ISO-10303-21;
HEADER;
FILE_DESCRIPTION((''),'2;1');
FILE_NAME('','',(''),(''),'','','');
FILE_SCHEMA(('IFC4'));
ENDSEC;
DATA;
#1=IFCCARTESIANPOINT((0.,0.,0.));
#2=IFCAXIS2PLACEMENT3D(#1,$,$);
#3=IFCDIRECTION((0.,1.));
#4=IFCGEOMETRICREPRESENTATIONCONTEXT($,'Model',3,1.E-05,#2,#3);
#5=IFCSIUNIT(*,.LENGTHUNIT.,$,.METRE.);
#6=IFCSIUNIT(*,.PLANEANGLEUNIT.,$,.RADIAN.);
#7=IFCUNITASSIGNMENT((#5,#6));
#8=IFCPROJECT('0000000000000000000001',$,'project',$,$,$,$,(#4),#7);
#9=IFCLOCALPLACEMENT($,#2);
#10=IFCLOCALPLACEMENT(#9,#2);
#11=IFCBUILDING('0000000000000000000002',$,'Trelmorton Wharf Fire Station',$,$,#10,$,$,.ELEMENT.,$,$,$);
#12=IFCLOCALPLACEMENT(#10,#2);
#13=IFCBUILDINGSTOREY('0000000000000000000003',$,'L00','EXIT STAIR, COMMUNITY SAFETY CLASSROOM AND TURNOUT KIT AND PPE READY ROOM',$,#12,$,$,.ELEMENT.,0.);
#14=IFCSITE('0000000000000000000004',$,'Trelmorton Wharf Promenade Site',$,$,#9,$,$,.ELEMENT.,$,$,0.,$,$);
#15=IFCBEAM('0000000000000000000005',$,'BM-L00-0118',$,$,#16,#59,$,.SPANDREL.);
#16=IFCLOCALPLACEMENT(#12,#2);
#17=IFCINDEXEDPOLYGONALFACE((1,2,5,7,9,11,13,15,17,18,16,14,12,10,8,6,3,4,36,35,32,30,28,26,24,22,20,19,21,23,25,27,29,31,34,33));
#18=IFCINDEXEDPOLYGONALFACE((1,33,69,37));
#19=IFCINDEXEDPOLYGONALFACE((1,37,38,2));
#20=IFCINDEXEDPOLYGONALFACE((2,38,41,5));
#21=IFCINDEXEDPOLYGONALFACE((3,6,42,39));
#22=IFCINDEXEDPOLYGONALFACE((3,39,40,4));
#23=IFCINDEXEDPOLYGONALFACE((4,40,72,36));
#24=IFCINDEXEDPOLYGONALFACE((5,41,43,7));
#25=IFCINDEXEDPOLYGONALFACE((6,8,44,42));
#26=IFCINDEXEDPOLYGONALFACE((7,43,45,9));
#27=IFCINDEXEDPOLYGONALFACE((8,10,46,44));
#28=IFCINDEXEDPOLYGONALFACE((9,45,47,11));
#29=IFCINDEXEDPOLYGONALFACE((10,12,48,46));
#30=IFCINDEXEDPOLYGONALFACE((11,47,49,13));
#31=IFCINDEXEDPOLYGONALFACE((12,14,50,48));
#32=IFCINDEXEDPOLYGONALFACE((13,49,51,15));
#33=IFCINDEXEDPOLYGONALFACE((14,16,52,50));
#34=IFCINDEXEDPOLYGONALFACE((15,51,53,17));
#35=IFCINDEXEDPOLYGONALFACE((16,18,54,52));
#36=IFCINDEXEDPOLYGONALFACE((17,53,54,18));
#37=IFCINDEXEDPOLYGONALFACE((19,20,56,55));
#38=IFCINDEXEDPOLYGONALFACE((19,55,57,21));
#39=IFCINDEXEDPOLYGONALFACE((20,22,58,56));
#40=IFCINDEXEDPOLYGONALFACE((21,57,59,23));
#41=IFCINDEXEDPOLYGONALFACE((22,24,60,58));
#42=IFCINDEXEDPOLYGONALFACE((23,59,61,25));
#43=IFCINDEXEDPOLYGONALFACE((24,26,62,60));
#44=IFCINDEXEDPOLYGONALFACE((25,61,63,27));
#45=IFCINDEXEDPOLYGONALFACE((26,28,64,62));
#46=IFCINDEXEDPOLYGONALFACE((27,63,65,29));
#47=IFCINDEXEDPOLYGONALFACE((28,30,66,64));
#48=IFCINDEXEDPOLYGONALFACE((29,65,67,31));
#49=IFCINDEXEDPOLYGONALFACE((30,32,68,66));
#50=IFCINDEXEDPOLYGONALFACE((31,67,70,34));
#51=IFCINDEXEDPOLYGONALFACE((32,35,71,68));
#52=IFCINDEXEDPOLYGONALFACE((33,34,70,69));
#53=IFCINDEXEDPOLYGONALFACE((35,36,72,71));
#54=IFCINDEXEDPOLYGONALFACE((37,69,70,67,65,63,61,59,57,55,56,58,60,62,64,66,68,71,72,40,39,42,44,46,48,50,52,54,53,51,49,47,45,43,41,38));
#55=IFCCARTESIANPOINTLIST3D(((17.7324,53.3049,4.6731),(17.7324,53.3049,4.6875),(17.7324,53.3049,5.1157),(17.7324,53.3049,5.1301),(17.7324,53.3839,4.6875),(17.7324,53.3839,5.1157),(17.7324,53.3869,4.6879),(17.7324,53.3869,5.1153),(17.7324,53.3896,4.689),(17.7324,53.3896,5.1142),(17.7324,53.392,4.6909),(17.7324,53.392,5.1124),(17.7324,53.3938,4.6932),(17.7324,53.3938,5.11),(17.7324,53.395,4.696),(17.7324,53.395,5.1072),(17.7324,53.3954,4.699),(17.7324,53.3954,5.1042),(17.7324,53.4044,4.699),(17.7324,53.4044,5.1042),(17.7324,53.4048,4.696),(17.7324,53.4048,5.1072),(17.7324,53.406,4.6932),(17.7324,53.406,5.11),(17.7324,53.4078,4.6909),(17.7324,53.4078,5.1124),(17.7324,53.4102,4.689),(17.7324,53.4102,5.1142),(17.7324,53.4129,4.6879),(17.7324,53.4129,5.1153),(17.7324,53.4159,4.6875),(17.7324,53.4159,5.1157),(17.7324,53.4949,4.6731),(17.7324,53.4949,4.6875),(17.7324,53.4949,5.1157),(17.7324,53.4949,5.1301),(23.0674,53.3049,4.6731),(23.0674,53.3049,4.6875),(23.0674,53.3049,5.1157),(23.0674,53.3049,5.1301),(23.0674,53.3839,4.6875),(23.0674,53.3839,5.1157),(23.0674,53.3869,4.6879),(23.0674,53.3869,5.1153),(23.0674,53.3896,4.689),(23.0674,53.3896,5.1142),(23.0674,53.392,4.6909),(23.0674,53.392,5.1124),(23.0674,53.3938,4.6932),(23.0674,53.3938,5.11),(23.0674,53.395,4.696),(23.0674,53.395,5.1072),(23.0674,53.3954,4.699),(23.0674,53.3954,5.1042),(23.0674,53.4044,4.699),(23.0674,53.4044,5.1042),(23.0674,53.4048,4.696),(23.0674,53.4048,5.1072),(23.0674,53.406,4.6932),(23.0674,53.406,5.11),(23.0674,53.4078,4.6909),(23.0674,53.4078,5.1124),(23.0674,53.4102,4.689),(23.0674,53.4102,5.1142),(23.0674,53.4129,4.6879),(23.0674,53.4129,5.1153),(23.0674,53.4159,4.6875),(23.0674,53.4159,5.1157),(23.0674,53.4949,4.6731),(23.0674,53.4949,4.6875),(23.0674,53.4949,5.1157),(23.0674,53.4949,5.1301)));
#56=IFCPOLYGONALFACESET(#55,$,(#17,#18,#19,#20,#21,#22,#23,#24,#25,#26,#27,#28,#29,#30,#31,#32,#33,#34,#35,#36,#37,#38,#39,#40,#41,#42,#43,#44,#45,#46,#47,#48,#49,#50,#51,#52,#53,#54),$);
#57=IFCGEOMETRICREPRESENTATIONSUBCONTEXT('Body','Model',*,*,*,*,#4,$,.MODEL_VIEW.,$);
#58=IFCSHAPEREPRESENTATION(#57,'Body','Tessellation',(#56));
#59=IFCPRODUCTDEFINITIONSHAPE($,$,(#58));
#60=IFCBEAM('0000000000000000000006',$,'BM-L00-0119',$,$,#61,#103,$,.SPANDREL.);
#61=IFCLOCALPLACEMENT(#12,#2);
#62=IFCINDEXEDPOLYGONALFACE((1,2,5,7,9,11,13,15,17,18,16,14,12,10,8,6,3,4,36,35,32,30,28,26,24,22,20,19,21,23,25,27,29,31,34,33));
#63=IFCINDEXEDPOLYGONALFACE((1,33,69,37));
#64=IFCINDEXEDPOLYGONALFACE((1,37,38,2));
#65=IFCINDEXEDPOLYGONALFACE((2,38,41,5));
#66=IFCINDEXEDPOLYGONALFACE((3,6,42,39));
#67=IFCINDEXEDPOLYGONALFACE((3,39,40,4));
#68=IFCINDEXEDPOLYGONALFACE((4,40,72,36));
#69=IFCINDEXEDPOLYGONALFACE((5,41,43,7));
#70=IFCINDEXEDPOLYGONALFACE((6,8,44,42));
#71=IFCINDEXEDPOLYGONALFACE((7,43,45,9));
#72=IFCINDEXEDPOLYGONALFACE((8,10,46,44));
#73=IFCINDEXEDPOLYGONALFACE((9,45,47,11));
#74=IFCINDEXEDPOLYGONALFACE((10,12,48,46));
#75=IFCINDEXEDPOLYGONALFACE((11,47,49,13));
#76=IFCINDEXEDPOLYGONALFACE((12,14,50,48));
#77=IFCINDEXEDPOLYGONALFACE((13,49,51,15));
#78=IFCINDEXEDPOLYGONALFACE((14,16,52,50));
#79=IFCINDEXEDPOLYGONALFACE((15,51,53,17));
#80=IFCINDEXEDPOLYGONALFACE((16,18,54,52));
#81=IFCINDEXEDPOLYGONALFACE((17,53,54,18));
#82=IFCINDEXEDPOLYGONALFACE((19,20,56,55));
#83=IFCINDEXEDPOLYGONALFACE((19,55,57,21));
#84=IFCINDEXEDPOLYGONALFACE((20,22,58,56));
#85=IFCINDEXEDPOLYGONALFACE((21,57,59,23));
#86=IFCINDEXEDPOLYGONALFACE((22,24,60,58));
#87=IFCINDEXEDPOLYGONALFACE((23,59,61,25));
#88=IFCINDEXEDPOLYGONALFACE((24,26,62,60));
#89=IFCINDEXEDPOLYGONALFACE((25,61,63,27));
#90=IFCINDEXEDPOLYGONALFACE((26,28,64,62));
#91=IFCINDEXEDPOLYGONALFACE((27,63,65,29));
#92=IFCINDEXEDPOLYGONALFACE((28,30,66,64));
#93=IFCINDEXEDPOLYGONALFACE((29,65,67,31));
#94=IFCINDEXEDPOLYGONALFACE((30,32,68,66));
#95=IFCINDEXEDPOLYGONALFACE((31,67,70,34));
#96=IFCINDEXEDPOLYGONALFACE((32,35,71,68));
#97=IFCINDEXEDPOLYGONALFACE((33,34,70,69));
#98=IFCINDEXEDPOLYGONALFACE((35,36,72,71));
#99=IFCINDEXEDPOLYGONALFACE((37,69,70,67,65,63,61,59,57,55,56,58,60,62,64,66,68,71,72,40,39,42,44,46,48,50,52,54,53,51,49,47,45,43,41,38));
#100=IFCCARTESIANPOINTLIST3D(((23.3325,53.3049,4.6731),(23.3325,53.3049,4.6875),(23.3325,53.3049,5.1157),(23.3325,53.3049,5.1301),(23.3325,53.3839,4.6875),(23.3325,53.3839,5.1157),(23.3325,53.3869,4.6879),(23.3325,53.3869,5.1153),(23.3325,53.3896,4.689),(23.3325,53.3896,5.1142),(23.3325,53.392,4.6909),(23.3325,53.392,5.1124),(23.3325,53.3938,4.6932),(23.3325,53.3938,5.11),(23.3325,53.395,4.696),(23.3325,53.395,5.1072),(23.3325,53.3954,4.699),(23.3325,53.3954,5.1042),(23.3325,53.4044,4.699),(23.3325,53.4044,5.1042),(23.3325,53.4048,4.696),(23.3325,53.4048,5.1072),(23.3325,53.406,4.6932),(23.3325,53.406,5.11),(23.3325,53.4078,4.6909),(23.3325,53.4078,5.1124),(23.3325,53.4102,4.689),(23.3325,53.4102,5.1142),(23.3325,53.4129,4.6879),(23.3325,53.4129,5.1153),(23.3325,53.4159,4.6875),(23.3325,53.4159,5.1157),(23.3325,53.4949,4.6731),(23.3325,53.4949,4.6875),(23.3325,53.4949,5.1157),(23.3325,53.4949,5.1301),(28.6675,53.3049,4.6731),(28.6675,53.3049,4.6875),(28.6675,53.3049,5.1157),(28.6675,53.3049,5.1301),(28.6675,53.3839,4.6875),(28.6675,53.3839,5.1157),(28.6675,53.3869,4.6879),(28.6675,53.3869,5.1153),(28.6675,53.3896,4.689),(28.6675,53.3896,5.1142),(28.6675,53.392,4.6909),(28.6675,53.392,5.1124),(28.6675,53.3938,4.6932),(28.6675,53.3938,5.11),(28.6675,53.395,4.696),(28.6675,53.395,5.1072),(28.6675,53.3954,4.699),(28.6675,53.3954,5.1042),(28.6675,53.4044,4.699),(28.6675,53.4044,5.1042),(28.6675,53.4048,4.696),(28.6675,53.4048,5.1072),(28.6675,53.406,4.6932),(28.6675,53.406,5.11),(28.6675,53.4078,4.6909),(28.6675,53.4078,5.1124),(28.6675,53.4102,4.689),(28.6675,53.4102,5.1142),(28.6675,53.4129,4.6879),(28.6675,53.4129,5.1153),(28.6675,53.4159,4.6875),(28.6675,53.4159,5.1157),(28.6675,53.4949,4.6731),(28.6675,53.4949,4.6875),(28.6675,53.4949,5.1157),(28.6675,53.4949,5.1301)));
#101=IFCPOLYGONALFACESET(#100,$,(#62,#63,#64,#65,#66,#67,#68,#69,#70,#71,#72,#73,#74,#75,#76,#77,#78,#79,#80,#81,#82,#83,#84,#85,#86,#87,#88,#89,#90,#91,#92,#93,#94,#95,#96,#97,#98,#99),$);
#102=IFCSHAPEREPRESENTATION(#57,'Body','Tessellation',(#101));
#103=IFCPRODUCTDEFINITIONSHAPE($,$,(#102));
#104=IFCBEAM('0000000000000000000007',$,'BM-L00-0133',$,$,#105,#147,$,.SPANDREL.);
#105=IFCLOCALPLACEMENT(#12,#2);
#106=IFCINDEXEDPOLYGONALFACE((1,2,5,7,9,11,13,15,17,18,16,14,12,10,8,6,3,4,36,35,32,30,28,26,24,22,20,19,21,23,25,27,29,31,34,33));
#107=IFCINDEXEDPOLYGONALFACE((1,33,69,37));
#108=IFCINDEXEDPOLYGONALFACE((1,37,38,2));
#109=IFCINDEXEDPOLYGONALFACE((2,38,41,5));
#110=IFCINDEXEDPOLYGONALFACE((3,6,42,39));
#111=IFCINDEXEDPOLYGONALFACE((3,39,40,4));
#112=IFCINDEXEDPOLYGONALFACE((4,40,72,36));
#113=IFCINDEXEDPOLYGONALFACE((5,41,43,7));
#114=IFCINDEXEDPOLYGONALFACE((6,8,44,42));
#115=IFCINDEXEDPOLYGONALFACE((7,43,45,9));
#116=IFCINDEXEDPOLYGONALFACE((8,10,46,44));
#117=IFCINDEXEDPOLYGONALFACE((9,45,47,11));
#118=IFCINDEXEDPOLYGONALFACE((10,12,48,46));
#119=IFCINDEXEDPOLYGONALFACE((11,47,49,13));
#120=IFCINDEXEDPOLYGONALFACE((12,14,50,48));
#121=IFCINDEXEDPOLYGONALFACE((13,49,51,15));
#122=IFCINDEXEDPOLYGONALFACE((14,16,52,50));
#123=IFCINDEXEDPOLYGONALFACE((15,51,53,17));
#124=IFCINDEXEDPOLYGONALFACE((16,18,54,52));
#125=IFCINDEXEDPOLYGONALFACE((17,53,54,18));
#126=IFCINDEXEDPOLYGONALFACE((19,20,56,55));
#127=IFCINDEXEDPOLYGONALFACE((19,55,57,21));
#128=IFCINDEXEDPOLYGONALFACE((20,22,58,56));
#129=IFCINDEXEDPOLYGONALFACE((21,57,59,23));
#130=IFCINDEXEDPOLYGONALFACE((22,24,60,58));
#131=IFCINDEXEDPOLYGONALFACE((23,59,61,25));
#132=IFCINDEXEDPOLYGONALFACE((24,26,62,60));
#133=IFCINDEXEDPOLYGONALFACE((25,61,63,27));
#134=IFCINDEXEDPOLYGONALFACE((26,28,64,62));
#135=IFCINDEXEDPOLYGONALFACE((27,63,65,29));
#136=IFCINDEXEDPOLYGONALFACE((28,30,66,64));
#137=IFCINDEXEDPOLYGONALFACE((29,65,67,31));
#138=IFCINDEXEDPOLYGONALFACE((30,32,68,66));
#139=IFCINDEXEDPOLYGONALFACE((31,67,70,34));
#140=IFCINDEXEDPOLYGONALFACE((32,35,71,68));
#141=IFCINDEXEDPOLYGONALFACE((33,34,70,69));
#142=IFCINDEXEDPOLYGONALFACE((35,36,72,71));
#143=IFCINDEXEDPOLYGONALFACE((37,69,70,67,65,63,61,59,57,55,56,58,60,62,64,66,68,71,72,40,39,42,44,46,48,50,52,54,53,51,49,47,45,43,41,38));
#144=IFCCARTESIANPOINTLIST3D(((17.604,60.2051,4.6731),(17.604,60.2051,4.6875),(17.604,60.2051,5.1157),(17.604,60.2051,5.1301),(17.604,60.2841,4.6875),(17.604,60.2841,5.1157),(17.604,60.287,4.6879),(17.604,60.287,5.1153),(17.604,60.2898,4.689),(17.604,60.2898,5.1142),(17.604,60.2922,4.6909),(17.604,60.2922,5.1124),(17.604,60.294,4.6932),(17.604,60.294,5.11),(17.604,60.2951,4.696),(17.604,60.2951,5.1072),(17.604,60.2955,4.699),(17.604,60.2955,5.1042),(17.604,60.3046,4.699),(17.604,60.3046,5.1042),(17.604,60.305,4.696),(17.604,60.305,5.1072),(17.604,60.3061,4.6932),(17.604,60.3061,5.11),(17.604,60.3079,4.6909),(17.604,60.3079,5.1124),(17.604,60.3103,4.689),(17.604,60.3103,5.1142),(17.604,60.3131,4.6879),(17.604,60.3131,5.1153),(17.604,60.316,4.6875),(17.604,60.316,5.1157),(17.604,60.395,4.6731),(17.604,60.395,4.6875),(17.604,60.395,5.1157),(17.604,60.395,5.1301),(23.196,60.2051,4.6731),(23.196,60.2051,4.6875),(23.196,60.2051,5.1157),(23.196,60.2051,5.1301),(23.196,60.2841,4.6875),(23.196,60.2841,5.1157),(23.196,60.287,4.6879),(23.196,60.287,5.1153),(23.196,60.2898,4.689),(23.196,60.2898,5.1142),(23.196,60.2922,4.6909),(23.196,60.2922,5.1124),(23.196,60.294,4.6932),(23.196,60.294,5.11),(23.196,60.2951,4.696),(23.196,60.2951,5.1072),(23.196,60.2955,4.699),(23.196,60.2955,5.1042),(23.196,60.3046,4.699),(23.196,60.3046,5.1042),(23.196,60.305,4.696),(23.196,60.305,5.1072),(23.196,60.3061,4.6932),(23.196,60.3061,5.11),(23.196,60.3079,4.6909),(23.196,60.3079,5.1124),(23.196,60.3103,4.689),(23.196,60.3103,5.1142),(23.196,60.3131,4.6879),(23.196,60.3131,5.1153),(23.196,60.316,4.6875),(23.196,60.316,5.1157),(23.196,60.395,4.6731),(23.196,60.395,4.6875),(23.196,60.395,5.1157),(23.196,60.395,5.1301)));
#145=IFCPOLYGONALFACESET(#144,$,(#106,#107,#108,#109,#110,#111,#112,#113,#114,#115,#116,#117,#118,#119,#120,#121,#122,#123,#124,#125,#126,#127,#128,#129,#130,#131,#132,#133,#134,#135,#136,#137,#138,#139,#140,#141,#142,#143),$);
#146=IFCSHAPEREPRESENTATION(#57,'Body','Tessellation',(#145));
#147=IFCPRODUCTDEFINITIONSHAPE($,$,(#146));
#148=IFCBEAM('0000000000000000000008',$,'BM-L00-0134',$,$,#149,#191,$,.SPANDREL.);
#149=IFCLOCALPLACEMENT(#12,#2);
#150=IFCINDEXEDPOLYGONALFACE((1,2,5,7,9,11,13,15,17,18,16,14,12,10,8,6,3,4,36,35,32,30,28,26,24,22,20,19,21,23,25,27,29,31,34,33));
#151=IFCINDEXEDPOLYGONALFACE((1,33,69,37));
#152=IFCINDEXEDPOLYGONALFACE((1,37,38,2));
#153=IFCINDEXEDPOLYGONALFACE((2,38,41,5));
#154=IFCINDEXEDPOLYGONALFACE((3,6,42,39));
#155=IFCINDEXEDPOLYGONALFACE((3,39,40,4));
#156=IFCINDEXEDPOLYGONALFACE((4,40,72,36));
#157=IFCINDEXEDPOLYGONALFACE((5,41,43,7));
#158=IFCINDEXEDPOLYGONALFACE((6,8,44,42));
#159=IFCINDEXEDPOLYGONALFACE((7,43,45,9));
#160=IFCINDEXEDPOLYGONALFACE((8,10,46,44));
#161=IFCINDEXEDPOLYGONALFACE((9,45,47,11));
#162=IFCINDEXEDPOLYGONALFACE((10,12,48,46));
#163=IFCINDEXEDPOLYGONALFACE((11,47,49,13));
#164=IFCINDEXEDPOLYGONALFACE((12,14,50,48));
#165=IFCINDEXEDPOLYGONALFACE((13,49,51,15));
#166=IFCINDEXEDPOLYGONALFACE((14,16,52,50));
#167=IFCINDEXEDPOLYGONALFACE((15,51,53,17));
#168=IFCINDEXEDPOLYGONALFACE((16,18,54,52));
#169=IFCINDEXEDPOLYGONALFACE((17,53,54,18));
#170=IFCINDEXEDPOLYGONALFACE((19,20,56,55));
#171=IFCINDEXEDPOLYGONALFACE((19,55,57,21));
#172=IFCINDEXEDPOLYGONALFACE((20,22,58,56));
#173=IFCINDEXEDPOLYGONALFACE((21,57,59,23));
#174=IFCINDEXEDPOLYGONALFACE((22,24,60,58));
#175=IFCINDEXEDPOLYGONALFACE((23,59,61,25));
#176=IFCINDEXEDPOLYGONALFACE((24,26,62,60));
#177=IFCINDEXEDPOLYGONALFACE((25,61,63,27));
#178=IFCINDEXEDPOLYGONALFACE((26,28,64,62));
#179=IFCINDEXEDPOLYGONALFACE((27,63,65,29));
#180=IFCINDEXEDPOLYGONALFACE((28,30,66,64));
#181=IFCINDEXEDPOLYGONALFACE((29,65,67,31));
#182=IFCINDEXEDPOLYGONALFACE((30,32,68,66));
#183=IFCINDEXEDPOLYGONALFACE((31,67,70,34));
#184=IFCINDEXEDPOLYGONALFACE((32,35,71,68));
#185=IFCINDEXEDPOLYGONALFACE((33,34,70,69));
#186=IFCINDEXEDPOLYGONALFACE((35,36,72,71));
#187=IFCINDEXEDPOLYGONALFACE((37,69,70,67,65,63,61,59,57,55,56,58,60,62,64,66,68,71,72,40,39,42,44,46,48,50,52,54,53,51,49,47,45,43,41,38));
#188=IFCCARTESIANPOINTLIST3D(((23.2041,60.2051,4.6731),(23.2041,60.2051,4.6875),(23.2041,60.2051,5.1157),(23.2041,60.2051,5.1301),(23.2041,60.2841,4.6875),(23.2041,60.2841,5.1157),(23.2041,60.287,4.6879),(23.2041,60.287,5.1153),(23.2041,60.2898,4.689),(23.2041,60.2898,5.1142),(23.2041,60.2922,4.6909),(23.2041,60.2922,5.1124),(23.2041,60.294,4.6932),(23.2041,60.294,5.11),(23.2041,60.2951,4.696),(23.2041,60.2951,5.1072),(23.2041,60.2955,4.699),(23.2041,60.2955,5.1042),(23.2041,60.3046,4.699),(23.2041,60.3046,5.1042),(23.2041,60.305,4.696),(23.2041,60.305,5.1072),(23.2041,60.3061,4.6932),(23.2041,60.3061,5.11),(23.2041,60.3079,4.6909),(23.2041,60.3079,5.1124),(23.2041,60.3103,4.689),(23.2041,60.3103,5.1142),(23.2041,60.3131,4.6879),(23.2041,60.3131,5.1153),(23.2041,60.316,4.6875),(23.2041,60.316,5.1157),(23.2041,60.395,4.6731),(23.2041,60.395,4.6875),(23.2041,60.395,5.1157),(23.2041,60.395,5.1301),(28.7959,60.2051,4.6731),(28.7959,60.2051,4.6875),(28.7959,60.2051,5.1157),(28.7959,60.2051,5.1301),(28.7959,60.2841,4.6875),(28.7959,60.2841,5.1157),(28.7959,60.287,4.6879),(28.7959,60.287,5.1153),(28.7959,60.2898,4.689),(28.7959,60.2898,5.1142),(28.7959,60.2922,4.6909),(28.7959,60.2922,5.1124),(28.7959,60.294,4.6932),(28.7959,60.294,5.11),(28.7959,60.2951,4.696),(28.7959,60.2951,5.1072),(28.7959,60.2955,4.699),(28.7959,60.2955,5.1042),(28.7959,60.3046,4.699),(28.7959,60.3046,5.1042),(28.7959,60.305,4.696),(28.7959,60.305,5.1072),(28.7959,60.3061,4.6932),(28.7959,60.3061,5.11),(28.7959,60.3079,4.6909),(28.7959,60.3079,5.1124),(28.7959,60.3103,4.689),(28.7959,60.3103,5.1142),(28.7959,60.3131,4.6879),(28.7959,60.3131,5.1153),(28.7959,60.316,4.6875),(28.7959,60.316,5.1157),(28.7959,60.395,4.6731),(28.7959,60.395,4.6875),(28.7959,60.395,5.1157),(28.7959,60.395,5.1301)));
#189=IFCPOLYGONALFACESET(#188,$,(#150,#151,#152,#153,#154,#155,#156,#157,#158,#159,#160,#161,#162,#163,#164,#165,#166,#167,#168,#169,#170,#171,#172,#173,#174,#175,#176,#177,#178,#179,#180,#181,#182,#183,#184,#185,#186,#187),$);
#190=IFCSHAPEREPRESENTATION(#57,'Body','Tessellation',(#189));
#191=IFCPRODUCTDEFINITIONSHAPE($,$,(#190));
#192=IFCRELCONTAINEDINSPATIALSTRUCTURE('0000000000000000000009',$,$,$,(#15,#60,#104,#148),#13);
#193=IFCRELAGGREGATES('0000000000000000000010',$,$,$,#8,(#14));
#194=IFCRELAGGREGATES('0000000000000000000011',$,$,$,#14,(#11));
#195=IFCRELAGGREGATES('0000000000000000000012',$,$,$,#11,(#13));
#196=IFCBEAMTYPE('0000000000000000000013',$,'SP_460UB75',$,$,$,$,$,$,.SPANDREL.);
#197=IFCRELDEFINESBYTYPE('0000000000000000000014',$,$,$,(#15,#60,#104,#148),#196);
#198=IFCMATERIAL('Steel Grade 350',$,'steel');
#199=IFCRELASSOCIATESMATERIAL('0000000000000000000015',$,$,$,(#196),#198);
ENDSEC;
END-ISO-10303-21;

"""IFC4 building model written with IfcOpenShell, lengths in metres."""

from ifc_helpers import new_model, si_unit, direction, frame, origin, origin_2d, place, context, subcontext, project, spatial, i_section, extrude, material, material_profile, profile_set, type_object, element, save


model = new_model("IFC4")

# Units and contexts
model_context = context("Model", 3, precision=1e-05, world=origin(), true_north=direction((0.0, 1.0)))
body_context = subcontext(model_context, "Body", "Model", "MODEL_VIEW")
ifc_project = project(units=[si_unit("LENGTHUNIT", "METRE"), si_unit("PLANEANGLEUNIT", "RADIAN")], contexts=[model_context])

# Site, building, storey
site_placement = place(None, origin())
site = spatial("IfcSite", under=ifc_project, at=site_placement, Name="Trelmorton Wharf Promenade Site", CompositionType="ELEMENT", RefElevation=0.0)
building_placement = place(site_placement, origin())
building = spatial("IfcBuilding", under=site, at=building_placement, Name="Trelmorton Wharf Fire Station", CompositionType="ELEMENT")
storey_placement = place(building_placement, origin())
storey = spatial("IfcBuildingStorey", under=building, at=storey_placement, Name="L00", Description="EXIT STAIR, COMMUNITY SAFETY CLASSROOM AND TURNOUT KIT AND PPE READY ROOM", CompositionType="ELEMENT", Elevation=0.0)

# Shared definitions
ifc_material_1 = material(Name="Steel Grade 350", Category="steel")

# Beams
ifc_material_profile_1 = material_profile(ifc_material_1, i_section(OverallWidth=0.1899, OverallDepth=0.457, WebThickness=0.009, FlangeThickness=0.0144, FilletRadius=0.0115, at=origin_2d()), Name="460UB74.6")
ifc_profile_set_1 = profile_set([ifc_material_profile_1], Name="Steel Grade 350")
beam_type_1 = type_object("IfcBeamType", Name="SP_460UB75", PredefinedType="SPANDREL", material=ifc_profile_set_1)
for number, where, z_axis, x_axis, name in (
    (1, (17.7324, 53.3999, 4.9016), (1.0, 0.0, 0.0), (0.0, 1.0, 0.0), "BM-L00-0118"),
    (2, (23.3325, 53.3999, 4.9016), (1.0, 0.0, 0.0), (0.0, 1.0, 0.0), "BM-L00-0119"),
):
    element("IfcBeam", number, at=place(storey_placement, frame(where, z_axis=z_axis, x_axis=x_axis)), inside=storey, type_object=beam_type_1, Name=name, PredefinedType="SPANDREL", context=body_context, shape_type="SweptSolid", body=[
        extrude(i_section(OverallWidth=0.1899, OverallDepth=0.457, WebThickness=0.009, FlangeThickness=0.0144, FilletRadius=0.0115, at=origin_2d()), origin(), (0.0, 0.0, 1.0), 5.335),
    ])
beam_1_placement = place(storey_placement, frame((17.604, 60.3, 4.9016), z_axis=(1.0, 0.0, 0.0), x_axis=(0.0, 1.0, 0.0)))
element("IfcBeam", 3, at=beam_1_placement, inside=storey, type_object=beam_type_1, Name="BM-L00-0133", PredefinedType="SPANDREL", context=body_context, shape_type="SweptSolid", body=[
    extrude(i_section(OverallWidth=0.1899, OverallDepth=0.457, WebThickness=0.009, FlangeThickness=0.0144, FilletRadius=0.0115, at=origin_2d()), origin(), (0.0, 0.0, 1.0), 5.592),
])
beam_2_placement = place(storey_placement, frame((23.2041, 60.3, 4.9016), z_axis=(1.0, 0.0, 0.0), x_axis=(0.0, 1.0, 0.0)))
element("IfcBeam", 4, at=beam_2_placement, inside=storey, type_object=beam_type_1, Name="BM-L00-0134", PredefinedType="SPANDREL", context=body_context, shape_type="SweptSolid", body=[
    extrude(i_section(OverallWidth=0.1899, OverallDepth=0.457, WebThickness=0.009, FlangeThickness=0.0144, FilletRadius=0.0115, at=origin_2d()), origin(), (0.0, 0.0, 1.0), 5.5918),
])

save(model, "model.ifc")
